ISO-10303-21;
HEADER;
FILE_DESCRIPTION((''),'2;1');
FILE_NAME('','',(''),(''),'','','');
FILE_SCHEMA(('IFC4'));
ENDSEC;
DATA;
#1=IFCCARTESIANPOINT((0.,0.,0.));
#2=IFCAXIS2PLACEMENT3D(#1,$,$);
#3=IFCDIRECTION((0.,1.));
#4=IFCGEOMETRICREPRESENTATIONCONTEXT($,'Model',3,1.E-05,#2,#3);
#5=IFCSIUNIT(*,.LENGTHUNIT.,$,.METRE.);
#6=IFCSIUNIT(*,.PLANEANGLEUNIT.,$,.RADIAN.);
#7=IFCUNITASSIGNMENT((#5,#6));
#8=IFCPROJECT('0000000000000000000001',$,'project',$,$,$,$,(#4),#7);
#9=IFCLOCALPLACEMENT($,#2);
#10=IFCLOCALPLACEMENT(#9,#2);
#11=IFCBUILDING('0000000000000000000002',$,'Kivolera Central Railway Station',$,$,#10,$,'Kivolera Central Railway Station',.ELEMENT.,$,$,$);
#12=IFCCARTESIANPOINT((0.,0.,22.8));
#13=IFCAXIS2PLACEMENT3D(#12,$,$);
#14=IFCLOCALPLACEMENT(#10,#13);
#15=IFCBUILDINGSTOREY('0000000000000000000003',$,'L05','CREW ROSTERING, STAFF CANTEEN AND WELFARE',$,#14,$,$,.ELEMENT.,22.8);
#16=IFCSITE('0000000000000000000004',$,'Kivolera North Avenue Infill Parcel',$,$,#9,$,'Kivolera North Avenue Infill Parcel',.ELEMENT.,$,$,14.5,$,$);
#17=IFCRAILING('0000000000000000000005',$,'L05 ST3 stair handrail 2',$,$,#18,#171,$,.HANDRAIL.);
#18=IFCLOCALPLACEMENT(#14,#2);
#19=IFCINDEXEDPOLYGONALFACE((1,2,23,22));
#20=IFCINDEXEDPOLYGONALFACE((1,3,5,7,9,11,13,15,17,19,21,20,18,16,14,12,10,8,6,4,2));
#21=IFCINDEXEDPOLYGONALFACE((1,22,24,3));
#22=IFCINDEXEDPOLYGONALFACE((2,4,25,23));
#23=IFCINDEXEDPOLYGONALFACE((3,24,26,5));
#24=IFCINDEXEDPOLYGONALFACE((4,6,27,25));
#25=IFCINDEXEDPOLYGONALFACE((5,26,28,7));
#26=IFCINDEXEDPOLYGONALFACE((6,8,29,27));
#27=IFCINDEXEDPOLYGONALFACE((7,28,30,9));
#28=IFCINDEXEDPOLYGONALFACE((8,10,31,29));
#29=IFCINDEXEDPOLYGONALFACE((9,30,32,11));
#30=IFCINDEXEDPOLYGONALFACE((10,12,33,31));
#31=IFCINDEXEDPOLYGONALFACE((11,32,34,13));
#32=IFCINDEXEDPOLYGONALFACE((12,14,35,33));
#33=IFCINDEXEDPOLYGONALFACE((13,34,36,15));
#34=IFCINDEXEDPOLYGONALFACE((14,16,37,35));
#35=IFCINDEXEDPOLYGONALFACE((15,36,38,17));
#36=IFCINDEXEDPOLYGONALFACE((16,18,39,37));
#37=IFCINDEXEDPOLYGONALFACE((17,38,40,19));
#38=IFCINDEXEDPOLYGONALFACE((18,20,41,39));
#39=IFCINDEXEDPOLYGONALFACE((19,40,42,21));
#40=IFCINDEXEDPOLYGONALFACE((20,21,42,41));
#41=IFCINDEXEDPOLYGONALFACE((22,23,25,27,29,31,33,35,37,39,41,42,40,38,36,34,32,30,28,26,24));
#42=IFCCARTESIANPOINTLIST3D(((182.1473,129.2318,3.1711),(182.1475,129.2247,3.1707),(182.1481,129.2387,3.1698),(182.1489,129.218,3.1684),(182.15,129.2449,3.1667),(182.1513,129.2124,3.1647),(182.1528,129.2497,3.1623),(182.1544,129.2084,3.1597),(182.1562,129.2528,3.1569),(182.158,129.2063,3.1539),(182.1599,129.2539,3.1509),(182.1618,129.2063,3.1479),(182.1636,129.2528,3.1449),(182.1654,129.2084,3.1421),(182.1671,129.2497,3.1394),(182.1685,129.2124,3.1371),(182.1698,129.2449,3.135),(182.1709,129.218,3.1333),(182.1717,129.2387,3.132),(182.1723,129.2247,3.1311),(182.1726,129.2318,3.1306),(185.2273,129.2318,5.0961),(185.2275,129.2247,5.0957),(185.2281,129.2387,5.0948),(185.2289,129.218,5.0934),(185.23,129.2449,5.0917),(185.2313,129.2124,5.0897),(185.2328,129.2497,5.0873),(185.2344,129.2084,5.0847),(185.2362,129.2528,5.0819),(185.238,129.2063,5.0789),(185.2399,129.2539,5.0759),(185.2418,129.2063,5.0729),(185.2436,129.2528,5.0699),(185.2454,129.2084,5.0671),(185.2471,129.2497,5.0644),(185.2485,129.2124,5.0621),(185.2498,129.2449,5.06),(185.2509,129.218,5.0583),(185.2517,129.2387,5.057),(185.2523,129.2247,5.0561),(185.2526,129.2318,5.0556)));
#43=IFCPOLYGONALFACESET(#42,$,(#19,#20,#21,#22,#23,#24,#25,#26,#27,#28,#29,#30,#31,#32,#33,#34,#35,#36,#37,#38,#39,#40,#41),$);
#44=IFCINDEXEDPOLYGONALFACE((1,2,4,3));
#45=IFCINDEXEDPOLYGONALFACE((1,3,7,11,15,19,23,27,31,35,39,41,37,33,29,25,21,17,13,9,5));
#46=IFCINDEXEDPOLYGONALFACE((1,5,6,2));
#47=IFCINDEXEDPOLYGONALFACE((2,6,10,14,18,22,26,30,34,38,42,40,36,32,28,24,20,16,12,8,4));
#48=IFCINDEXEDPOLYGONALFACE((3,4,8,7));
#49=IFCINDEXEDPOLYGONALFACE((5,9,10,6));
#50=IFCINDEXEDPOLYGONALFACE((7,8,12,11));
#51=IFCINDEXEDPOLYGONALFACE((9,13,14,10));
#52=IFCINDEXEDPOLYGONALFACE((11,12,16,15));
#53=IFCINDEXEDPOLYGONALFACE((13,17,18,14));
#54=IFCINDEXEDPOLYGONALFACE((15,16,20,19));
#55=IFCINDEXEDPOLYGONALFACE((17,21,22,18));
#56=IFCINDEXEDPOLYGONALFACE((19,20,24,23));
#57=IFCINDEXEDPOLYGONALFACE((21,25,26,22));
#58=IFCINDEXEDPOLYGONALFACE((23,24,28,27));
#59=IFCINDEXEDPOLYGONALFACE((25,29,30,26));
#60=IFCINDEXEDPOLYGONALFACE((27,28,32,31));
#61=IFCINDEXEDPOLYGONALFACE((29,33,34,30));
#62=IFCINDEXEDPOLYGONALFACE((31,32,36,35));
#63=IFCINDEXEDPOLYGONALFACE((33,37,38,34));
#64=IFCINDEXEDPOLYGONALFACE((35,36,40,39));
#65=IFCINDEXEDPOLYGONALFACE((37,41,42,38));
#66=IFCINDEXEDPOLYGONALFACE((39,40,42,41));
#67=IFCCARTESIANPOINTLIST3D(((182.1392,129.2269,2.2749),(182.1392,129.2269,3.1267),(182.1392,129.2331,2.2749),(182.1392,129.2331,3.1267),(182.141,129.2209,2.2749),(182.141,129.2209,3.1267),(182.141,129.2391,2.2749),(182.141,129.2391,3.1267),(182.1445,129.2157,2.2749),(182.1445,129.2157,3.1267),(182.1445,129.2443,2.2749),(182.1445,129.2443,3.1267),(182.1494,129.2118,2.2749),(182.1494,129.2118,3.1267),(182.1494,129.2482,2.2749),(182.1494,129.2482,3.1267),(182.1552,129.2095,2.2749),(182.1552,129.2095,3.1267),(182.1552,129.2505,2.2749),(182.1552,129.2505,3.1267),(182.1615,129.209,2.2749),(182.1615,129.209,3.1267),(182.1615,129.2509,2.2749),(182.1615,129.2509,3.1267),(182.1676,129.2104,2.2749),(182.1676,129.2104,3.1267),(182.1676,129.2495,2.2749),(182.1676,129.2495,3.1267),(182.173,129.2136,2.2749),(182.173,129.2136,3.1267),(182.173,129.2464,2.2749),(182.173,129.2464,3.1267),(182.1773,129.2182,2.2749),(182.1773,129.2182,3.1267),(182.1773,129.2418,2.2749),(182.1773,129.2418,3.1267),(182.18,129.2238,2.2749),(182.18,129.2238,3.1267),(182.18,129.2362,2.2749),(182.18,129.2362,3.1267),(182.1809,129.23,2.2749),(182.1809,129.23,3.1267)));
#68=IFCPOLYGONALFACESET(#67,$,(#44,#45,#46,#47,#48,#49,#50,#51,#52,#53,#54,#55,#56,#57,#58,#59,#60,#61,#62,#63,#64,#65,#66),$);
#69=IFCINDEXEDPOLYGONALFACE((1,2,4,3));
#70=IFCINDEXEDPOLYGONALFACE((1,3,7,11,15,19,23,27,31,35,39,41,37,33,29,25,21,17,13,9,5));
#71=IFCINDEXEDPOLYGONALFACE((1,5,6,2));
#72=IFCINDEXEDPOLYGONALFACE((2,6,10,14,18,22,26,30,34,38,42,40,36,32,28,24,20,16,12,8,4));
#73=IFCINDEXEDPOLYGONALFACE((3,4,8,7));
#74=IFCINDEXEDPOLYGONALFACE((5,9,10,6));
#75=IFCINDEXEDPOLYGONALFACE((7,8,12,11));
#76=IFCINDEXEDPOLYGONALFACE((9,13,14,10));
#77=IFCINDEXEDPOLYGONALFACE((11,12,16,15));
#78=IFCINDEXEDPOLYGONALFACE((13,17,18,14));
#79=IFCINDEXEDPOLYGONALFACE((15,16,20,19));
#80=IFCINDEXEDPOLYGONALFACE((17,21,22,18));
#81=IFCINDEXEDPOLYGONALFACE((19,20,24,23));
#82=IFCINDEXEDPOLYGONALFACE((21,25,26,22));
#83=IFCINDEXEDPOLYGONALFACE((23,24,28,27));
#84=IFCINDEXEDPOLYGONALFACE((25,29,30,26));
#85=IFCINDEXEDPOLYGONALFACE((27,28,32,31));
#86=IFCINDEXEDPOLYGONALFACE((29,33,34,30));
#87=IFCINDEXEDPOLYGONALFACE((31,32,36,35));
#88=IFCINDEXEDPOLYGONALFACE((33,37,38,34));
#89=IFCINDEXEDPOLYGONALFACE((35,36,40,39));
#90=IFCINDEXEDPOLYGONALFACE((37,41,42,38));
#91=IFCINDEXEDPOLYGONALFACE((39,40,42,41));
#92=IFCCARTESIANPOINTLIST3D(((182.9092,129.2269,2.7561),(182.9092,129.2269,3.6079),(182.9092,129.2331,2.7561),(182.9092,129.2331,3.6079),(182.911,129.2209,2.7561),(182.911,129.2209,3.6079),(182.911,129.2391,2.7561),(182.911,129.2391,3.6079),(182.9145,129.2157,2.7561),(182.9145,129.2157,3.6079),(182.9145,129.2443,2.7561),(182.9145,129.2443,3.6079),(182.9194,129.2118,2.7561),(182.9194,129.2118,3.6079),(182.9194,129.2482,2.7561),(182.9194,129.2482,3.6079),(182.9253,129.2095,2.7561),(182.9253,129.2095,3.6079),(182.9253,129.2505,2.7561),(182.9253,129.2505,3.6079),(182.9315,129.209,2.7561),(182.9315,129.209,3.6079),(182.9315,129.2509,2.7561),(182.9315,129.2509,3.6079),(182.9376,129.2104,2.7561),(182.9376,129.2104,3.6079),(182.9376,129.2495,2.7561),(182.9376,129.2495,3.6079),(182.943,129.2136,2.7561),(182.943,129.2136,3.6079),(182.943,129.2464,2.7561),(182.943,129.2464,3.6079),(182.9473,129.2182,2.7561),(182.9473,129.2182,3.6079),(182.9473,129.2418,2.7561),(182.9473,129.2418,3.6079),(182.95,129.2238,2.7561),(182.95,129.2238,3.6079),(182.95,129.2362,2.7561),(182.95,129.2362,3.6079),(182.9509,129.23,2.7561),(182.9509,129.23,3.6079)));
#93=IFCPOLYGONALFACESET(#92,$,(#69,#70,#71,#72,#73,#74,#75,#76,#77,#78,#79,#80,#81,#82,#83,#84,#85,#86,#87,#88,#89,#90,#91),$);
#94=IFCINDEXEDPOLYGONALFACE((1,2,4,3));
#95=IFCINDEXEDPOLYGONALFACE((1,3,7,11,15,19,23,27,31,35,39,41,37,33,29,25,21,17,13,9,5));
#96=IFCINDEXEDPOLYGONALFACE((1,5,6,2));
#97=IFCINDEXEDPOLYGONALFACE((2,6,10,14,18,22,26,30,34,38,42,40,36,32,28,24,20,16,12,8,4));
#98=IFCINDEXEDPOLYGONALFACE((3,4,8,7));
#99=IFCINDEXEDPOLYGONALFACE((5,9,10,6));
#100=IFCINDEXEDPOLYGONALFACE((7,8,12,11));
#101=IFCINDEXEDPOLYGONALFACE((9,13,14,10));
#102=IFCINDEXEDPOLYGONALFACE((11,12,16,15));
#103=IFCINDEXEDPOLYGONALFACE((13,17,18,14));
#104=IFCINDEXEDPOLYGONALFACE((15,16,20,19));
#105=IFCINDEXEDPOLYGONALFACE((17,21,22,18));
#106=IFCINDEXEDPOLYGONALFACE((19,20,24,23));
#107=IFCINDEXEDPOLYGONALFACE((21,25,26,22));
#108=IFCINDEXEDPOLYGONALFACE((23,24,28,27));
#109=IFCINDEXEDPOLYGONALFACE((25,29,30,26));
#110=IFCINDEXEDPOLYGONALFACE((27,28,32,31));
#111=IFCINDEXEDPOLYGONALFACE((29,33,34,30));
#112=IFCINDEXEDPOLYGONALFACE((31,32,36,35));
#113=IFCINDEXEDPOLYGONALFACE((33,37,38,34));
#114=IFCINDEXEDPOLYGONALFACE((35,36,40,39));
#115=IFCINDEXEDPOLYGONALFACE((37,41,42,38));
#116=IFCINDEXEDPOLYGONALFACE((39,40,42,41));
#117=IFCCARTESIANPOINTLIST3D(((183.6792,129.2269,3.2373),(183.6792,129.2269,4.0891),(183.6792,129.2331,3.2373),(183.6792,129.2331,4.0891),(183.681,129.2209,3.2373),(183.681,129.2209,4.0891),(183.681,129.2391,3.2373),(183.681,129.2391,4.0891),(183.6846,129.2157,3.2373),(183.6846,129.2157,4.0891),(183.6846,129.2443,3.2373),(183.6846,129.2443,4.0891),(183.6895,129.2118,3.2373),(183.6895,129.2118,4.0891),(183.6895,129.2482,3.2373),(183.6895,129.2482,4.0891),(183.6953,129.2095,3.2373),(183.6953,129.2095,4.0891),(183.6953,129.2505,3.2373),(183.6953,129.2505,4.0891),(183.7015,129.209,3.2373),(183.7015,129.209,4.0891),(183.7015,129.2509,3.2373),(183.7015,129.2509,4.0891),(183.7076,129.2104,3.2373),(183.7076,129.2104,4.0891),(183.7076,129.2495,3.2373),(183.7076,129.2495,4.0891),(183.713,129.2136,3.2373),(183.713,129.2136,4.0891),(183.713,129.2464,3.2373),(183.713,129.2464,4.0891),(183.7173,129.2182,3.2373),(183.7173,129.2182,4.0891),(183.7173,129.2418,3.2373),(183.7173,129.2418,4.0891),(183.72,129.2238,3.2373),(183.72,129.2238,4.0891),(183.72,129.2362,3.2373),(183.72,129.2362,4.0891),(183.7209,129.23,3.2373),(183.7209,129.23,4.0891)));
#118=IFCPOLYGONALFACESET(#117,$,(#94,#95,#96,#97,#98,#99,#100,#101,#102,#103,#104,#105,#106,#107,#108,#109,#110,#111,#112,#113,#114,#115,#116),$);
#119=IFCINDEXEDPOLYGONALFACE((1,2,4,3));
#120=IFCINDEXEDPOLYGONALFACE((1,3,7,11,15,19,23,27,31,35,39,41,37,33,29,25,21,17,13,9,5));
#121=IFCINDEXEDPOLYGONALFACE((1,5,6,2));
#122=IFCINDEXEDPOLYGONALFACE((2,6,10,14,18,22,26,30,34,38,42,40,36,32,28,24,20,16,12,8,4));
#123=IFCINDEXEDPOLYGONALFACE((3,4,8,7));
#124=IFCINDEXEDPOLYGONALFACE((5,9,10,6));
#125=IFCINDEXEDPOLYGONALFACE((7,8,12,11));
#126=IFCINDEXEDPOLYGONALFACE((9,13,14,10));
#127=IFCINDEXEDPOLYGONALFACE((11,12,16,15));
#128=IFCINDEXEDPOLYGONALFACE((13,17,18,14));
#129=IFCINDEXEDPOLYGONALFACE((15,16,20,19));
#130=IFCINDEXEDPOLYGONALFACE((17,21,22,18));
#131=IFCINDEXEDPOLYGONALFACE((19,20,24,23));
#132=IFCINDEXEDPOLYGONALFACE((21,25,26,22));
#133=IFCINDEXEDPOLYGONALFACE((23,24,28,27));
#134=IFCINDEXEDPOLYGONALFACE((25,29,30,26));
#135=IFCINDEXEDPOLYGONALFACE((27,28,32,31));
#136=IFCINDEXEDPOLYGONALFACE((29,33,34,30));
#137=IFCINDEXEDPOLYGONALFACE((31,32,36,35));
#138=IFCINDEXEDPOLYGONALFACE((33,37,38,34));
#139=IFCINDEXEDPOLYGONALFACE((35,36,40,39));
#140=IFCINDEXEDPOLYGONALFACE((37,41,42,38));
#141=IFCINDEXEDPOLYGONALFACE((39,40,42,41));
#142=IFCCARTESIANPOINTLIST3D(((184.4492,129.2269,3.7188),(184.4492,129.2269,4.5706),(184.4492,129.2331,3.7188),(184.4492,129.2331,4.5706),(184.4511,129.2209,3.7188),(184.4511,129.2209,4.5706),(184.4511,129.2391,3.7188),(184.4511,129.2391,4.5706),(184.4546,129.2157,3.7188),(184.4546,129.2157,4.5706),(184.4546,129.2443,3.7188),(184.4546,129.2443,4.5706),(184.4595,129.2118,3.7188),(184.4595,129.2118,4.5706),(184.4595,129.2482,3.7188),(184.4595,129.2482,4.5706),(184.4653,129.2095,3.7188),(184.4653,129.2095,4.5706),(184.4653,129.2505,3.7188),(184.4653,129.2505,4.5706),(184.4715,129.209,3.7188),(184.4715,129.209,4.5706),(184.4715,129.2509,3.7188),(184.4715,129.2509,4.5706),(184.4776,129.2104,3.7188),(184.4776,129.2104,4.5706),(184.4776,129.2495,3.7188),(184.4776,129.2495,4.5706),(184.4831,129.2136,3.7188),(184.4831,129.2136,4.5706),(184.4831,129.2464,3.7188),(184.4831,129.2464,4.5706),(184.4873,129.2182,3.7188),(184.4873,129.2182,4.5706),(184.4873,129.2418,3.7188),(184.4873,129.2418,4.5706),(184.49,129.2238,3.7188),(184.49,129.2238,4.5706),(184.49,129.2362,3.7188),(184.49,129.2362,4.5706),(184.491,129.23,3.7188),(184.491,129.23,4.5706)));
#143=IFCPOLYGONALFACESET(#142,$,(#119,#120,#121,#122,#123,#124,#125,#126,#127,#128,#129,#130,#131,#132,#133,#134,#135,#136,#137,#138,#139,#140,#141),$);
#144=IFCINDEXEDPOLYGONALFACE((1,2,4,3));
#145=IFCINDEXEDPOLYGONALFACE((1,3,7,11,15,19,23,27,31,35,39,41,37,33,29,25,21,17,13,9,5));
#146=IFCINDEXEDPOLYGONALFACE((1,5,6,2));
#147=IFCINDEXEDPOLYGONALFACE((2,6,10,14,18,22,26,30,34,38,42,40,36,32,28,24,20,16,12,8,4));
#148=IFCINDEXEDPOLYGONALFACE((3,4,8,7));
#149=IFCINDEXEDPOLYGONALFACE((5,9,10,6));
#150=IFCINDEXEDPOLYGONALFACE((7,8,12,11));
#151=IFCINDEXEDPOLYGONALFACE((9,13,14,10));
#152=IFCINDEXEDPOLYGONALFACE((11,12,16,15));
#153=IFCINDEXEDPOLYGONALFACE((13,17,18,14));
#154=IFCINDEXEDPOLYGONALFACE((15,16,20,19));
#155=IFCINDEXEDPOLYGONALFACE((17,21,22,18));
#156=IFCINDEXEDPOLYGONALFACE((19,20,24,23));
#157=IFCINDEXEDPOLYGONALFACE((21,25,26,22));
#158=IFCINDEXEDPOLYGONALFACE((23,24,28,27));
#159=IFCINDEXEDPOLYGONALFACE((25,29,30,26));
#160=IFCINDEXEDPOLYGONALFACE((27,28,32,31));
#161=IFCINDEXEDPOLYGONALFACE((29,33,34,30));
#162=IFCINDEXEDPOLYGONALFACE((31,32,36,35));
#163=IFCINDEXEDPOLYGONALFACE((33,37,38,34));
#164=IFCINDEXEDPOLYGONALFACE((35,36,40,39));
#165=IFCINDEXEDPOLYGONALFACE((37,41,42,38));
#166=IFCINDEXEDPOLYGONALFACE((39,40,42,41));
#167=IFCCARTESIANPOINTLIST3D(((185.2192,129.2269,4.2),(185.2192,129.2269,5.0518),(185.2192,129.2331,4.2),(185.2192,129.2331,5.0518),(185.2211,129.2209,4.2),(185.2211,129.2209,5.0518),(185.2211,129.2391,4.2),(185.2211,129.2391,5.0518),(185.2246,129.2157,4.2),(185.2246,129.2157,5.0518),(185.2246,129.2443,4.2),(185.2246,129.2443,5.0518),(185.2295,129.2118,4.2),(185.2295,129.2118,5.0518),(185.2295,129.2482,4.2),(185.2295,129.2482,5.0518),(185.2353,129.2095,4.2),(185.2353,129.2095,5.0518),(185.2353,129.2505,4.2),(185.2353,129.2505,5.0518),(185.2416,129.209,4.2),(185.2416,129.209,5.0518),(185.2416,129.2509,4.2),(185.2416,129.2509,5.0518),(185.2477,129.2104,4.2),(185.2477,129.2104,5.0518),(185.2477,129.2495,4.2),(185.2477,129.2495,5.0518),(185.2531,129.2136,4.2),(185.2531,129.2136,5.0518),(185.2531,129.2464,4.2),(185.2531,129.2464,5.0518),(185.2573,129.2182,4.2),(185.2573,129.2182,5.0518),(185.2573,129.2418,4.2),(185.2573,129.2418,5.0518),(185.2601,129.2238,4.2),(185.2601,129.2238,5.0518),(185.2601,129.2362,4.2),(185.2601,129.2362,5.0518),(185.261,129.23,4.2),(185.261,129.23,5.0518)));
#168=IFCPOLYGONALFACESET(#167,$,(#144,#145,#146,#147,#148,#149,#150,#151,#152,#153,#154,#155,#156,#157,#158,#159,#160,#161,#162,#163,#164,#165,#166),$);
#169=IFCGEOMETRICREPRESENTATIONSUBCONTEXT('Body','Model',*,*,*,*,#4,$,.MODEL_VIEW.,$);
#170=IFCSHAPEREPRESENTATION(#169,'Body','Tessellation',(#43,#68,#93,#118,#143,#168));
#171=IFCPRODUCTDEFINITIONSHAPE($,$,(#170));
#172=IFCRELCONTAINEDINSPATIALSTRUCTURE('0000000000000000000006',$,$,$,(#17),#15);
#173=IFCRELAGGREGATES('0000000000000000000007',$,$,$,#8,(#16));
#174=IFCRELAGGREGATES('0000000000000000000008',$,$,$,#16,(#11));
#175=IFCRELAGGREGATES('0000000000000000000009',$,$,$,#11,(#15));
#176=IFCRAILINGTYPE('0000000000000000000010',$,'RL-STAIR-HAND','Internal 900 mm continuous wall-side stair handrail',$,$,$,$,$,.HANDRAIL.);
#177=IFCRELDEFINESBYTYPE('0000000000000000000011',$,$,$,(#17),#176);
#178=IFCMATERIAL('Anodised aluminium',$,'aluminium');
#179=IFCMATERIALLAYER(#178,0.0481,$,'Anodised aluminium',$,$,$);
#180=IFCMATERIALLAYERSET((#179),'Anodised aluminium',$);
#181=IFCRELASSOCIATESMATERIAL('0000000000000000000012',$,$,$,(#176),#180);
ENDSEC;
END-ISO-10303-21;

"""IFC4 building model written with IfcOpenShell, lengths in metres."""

from ifc_helpers import new_model, si_unit, direction, frame, origin, origin_2d, place, context, subcontext, project, spatial, circle, extrude, material, layer, layer_set, type_object, element, save


model = new_model("IFC4")

# Units and contexts
model_context = context("Model", 3, precision=1e-05, world=origin(), true_north=direction((0.0, 1.0)))
body_context = subcontext(model_context, "Body", "Model", "MODEL_VIEW")
ifc_project = project(units=[si_unit("LENGTHUNIT", "METRE"), si_unit("PLANEANGLEUNIT", "RADIAN")], contexts=[model_context])

# Site, building, storey
site_placement = place(None, origin())
site = spatial("IfcSite", under=ifc_project, at=site_placement, Name="Kivolera North Avenue Infill Parcel", LongName="Kivolera North Avenue Infill Parcel", CompositionType="ELEMENT", RefElevation=14.5)
building_placement = place(site_placement, origin())
building = spatial("IfcBuilding", under=site, at=building_placement, Name="Kivolera Central Railway Station", LongName="Kivolera Central Railway Station", CompositionType="ELEMENT")
storey_placement = place(building_placement, frame((0.0, 0.0, 22.8)))
storey = spatial("IfcBuildingStorey", under=building, at=storey_placement, Name="L05", Description="CREW ROSTERING, STAFF CANTEEN AND WELFARE", CompositionType="ELEMENT", Elevation=22.8)

# Shared definitions
ifc_material_1 = material(Name="Anodised aluminium", Category="aluminium")

# Railing
ifc_layer_1 = layer(ifc_material_1, 0.0481, Name="Anodised aluminium")
ifc_layer_set_1 = layer_set([ifc_layer_1], Name="Anodised aluminium")
railing_type_1 = type_object("IfcRailingType", Name="RL-STAIR-HAND", Description="Internal 900 mm continuous wall-side stair handrail", PredefinedType="HANDRAIL", material=ifc_layer_set_1)
railing_1_placement = place(storey_placement, frame((182.1599, 129.23, 2.2749)))
element("IfcRailing", 1, at=railing_1_placement, inside=storey, type_object=railing_type_1, Name="L05 ST3 stair handrail 2", PredefinedType="HANDRAIL", context=body_context, shape_type="SweptSolid", body=[
    extrude(circle(Radius=0.0239, at=origin_2d()), frame((0.0, 0.0, 0.876), z_axis=(0.847998, 0.0, 0.529999), x_axis=(0.0, 1.0, 0.0)), (0.0, 0.0, 1.0), 3.6321),
    extrude(circle(Radius=0.021, at=origin_2d()), origin(), (0.0, 0.0, 1.0), 0.8518),
    extrude(circle(Radius=0.021, at=origin_2d()), frame((0.77, 0.0, 0.4812)), (0.0, 0.0, 1.0), 0.8518),
    extrude(circle(Radius=0.021, at=origin_2d()), frame((1.54, 0.0, 0.9624)), (0.0, 0.0, 1.0), 0.8518),
    extrude(circle(Radius=0.021, at=origin_2d()), frame((2.3101, 0.0, 1.4438)), (0.0, 0.0, 1.0), 0.8518),
    extrude(circle(Radius=0.021, at=origin_2d()), frame((3.0801, 0.0, 1.925)), (0.0, 0.0, 1.0), 0.8518),
])

save(model, "model.ifc")
